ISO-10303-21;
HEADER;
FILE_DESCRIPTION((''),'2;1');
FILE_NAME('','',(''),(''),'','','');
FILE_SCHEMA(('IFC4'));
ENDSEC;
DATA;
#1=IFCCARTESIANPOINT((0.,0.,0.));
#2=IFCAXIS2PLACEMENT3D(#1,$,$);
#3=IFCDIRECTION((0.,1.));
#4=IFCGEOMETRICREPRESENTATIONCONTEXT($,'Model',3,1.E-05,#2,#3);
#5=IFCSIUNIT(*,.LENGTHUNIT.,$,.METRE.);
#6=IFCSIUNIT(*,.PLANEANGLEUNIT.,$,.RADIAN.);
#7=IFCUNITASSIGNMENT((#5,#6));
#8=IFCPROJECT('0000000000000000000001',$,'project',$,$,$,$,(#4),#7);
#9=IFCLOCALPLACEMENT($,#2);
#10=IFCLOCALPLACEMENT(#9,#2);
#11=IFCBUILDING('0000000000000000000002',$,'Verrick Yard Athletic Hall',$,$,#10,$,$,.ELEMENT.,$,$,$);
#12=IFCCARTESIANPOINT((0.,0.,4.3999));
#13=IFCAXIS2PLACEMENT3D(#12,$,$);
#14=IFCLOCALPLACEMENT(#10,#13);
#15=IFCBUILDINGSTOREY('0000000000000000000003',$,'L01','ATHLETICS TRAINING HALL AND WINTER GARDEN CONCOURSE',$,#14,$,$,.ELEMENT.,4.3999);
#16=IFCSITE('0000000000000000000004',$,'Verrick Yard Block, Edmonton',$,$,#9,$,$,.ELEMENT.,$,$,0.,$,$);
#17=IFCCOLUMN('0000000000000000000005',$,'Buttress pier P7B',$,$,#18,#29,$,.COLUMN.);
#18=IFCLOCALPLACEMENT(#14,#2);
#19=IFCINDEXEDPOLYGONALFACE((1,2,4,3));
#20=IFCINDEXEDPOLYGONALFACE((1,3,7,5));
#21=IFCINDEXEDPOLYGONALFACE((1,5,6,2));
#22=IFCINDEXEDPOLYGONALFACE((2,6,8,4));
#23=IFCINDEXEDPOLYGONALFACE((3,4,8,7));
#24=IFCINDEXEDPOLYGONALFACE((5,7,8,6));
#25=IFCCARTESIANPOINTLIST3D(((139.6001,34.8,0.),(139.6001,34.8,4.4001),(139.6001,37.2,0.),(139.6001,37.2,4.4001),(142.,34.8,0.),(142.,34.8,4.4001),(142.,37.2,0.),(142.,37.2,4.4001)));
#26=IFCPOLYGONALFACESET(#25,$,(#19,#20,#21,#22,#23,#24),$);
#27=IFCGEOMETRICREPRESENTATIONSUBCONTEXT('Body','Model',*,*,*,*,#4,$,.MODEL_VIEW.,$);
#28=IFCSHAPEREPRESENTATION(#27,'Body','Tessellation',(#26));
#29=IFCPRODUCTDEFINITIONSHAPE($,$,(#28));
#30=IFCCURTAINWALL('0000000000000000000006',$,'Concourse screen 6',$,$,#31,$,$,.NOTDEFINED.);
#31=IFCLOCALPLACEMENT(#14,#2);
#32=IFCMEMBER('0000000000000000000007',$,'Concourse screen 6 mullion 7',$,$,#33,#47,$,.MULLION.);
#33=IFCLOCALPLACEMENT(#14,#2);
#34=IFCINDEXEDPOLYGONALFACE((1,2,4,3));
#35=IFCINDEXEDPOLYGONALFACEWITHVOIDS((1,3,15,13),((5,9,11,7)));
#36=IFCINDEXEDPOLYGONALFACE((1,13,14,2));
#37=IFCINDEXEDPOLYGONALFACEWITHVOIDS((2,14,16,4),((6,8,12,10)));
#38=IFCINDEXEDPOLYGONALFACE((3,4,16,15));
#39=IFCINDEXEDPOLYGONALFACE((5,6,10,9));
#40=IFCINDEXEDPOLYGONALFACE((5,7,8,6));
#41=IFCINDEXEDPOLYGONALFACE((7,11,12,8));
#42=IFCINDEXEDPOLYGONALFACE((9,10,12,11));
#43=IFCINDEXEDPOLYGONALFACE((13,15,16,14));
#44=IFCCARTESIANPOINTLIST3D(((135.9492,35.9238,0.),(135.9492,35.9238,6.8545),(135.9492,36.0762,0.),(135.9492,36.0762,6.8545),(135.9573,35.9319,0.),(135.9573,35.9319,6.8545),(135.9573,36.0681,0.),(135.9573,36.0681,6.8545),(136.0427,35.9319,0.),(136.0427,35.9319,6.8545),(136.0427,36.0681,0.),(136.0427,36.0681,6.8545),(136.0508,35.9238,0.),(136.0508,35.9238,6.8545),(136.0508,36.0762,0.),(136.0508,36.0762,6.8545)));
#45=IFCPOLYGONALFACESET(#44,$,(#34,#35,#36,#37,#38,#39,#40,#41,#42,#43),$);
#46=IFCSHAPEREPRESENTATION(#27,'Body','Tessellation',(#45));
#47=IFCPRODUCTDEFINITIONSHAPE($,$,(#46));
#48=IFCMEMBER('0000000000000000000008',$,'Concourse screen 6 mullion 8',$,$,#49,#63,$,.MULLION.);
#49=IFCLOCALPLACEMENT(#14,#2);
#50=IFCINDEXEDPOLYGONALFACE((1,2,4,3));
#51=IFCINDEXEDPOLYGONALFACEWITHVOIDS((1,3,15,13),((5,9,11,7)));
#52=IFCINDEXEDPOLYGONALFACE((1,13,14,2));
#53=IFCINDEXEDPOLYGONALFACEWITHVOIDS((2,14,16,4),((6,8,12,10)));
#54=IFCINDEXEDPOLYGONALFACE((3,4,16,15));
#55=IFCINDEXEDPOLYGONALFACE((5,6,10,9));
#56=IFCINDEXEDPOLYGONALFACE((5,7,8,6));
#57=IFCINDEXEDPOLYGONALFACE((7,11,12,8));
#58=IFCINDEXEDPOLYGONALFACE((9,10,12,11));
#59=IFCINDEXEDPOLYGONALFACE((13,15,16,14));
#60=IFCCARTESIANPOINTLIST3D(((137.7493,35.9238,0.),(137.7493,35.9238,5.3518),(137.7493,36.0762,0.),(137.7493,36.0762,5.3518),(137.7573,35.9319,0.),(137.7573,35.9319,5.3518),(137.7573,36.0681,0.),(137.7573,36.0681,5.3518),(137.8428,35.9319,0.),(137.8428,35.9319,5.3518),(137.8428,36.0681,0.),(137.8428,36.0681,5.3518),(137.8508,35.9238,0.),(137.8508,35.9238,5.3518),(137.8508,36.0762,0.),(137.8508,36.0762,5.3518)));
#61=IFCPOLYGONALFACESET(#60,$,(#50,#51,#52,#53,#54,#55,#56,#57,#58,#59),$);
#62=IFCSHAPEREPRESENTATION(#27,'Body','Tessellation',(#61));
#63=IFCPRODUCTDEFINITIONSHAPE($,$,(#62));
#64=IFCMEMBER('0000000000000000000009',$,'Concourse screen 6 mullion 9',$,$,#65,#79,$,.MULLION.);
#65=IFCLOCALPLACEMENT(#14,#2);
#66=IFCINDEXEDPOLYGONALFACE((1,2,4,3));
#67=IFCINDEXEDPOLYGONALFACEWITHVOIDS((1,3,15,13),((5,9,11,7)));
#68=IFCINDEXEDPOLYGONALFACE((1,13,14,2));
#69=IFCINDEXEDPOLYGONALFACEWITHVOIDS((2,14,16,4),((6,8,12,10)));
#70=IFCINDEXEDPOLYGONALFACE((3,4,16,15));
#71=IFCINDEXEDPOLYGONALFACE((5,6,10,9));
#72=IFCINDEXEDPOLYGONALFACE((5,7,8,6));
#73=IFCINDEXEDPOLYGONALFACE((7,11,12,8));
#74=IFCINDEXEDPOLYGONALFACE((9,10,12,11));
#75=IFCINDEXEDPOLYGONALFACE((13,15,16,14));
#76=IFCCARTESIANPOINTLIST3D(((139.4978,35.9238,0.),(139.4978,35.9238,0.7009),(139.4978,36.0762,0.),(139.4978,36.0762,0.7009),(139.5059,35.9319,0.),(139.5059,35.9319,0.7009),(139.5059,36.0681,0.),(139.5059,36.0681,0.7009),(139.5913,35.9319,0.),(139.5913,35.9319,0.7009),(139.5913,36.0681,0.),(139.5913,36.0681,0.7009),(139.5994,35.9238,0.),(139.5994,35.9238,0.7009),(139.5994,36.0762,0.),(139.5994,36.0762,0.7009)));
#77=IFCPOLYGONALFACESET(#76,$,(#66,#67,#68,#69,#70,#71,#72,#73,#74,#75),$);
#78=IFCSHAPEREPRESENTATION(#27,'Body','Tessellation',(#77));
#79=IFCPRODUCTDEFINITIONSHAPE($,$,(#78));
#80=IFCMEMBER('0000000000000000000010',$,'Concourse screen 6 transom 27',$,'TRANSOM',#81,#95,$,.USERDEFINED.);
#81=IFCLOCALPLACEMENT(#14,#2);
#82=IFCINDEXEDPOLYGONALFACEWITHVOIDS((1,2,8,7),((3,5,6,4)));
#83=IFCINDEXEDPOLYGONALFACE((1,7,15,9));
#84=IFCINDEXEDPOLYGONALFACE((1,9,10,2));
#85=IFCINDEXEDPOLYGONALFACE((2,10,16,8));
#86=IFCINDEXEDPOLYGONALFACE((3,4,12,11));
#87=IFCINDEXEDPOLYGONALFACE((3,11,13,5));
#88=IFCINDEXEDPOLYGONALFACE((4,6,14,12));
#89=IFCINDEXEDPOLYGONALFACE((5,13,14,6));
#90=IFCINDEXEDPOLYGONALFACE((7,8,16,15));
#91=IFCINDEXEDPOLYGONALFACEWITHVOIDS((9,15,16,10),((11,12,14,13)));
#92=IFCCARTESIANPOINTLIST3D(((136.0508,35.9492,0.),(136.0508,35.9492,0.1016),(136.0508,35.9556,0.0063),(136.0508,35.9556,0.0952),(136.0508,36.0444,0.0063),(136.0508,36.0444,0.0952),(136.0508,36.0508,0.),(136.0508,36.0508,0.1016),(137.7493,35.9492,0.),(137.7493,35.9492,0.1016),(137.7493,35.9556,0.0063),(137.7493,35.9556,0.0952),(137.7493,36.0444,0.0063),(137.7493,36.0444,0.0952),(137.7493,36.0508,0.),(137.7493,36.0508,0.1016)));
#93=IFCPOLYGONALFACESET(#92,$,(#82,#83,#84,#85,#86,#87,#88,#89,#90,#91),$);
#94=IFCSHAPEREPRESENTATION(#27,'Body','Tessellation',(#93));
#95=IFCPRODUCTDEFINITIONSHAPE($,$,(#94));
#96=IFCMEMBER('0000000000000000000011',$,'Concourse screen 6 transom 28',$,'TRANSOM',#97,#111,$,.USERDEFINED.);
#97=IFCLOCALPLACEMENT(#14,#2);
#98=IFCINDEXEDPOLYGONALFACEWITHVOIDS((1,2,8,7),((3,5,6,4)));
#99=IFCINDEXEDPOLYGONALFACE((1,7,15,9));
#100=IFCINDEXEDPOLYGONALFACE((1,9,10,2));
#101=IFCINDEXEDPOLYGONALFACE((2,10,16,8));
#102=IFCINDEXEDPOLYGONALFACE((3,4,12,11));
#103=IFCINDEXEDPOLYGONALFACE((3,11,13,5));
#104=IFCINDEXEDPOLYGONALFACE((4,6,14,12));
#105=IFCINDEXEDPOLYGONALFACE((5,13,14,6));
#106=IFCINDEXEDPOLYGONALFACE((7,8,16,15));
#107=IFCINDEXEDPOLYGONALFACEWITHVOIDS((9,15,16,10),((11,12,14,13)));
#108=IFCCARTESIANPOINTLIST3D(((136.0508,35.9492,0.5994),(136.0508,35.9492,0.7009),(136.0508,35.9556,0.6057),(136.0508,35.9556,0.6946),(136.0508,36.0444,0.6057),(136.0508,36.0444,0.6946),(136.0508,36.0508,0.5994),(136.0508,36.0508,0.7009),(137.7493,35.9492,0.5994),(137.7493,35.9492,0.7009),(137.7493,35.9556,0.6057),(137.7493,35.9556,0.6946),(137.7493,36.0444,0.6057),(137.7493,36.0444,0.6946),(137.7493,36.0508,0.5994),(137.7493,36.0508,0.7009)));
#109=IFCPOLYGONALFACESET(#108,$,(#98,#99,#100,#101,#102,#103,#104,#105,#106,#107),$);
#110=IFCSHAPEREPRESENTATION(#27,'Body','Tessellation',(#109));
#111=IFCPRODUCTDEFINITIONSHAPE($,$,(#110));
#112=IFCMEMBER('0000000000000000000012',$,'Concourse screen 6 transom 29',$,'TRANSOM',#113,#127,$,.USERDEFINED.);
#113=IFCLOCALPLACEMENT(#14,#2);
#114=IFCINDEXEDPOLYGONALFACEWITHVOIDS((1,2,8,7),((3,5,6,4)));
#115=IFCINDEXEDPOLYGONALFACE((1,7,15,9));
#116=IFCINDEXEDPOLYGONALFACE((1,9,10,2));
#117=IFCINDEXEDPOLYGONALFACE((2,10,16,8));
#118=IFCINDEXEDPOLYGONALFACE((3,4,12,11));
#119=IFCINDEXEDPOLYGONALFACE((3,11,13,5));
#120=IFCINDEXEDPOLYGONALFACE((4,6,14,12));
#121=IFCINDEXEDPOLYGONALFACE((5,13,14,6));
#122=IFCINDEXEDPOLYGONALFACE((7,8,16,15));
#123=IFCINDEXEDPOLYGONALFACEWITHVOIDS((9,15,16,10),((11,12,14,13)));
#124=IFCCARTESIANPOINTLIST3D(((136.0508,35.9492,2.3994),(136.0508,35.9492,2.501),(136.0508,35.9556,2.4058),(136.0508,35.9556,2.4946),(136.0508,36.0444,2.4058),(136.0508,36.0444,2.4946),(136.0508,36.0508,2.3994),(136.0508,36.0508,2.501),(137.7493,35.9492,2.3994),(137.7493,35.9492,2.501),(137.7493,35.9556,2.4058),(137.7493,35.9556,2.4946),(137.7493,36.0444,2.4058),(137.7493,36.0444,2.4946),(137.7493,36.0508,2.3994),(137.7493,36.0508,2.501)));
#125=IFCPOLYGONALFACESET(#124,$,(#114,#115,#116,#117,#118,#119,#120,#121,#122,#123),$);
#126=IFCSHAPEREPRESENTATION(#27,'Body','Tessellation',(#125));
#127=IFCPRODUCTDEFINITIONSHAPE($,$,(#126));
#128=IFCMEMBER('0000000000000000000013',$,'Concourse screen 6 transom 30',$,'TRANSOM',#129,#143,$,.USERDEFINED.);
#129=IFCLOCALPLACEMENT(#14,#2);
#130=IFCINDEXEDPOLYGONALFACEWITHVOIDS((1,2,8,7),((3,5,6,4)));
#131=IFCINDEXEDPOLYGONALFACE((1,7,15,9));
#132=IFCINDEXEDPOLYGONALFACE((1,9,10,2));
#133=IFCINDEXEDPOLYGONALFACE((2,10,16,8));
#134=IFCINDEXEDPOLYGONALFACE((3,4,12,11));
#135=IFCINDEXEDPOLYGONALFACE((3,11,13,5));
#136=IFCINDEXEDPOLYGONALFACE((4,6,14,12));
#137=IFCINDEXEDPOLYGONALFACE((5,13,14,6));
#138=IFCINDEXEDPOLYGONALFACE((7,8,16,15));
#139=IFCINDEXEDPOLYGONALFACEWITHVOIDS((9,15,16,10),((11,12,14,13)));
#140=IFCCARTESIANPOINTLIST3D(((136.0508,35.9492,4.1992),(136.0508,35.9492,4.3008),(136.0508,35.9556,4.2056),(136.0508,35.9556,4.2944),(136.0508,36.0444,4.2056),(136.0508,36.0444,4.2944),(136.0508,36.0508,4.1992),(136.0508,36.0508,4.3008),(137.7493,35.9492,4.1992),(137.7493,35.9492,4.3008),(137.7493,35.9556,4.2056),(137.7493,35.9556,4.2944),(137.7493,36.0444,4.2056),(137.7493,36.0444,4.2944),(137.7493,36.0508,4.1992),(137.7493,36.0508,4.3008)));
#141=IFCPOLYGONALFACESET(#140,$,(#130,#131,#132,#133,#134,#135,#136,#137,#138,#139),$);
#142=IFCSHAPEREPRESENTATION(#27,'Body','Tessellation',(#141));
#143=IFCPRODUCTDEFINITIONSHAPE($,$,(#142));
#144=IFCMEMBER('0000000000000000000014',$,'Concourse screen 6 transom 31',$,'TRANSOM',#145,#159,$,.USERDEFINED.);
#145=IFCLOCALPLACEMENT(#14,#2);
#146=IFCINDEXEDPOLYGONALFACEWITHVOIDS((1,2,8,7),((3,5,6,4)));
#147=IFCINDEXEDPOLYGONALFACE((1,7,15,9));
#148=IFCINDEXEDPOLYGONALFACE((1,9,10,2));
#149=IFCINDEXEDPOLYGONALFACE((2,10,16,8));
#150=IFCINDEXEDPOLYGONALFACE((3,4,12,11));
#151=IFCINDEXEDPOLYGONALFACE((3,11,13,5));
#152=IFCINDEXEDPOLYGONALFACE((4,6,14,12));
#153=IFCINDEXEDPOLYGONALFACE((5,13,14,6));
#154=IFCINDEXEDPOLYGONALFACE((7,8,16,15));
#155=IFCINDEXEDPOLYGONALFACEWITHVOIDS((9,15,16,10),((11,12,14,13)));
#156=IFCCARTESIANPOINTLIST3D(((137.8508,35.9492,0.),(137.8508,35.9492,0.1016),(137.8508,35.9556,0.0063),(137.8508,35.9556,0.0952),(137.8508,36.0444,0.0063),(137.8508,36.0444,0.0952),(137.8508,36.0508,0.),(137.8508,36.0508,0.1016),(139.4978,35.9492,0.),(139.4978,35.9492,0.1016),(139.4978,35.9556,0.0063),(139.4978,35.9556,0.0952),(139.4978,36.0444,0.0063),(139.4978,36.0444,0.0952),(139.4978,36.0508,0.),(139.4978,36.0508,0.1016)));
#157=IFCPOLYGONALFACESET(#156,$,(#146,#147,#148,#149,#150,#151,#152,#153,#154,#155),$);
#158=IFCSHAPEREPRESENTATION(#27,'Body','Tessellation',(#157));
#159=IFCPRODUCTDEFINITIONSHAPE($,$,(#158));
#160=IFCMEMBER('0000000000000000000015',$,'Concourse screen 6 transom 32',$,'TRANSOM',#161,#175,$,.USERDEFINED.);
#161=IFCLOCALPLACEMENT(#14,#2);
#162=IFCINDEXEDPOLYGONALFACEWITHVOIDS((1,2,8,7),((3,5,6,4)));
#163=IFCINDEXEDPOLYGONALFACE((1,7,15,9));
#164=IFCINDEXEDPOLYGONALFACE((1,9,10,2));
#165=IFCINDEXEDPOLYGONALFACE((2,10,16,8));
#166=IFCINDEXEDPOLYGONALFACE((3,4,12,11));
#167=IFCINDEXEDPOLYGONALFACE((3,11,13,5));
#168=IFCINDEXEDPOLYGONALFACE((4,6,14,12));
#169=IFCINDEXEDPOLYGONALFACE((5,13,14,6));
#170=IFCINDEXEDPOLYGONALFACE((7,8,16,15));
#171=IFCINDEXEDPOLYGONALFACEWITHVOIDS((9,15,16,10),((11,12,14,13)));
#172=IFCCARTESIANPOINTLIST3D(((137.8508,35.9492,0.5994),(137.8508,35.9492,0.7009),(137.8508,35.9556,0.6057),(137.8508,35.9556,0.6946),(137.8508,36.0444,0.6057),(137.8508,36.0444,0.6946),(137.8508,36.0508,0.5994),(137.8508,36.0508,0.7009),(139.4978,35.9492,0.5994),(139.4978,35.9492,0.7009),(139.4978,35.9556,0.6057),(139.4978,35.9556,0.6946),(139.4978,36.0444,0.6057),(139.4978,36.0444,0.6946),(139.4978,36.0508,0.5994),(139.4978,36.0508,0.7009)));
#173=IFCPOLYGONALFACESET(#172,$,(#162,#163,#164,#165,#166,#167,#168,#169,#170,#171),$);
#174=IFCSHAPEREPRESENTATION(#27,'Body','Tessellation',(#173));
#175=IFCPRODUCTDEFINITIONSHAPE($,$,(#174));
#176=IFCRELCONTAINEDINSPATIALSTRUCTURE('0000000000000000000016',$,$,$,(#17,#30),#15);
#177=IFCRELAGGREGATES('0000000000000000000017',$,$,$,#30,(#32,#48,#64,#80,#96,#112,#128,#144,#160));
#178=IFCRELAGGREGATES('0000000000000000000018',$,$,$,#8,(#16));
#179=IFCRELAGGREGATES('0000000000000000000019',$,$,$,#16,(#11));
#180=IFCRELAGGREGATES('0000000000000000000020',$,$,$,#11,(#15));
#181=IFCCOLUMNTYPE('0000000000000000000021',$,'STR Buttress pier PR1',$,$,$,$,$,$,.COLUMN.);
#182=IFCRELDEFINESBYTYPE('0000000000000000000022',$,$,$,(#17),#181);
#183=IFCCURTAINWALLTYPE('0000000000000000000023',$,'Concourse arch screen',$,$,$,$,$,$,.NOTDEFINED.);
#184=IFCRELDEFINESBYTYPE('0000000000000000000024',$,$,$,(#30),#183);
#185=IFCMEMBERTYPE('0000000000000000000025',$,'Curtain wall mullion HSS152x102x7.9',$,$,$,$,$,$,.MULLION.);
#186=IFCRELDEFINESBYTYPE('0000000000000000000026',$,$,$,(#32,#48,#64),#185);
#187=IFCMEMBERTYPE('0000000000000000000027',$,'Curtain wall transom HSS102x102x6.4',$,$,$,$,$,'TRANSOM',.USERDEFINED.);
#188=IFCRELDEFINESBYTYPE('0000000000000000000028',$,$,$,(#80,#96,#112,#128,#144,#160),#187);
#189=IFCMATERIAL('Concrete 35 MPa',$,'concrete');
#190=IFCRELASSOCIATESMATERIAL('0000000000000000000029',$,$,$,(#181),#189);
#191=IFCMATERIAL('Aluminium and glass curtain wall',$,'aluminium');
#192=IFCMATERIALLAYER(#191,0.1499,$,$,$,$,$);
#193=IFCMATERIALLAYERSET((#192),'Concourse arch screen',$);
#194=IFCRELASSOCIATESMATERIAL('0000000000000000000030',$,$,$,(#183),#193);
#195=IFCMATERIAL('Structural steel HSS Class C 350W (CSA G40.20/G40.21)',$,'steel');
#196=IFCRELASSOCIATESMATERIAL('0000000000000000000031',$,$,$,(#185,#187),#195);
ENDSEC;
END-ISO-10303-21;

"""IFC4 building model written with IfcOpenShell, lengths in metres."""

from ifc_helpers import new_model, si_unit, direction, frame, origin, origin_2d, place, context, subcontext, project, spatial, rectangle, hollow_rectangle, extrude, material, layer, layer_set, material_profile, profile_set, type_object, element, aggregate, save


model = new_model("IFC4")

# Units and contexts
model_context = context("Model", 3, precision=1e-05, world=origin(), true_north=direction((0.0, 1.0)))
body_context = subcontext(model_context, "Body", "Model", "MODEL_VIEW")
ifc_project = project(units=[si_unit("LENGTHUNIT", "METRE"), si_unit("PLANEANGLEUNIT", "RADIAN")], contexts=[model_context])

# Site, building, storey
site_placement = place(None, origin())
site = spatial("IfcSite", under=ifc_project, at=site_placement, Name="Verrick Yard Block, Edmonton", CompositionType="ELEMENT", RefElevation=0.0)
building_placement = place(site_placement, origin())
building = spatial("IfcBuilding", under=site, at=building_placement, Name="Verrick Yard Athletic Hall", CompositionType="ELEMENT")
storey_placement = place(building_placement, frame((0.0, 0.0, 4.3999)))
storey = spatial("IfcBuildingStorey", under=building, at=storey_placement, Name="L01", Description="ATHLETICS TRAINING HALL AND WINTER GARDEN CONCOURSE", CompositionType="ELEMENT", Elevation=4.3999)

# Column
ifc_material_1 = material(Name="Concrete 35 MPa", Category="concrete")
ifc_material_profile_1 = material_profile(ifc_material_1, rectangle(XDim=2.3999, YDim=2.3999, at=origin_2d()), Name="STR Buttress pier PR1")
ifc_profile_set_1 = profile_set([ifc_material_profile_1], Name="Concrete 35 MPa")
column_type = type_object("IfcColumnType", Name="STR Buttress pier PR1", PredefinedType="COLUMN", material=ifc_profile_set_1)
column_placement = place(storey_placement, frame((140.8, 36.0, 0.0), z_axis=(0.0, 0.0, 1.0), x_axis=(1.0, 0.0, 0.0)))
element("IfcColumn", 1, at=column_placement, inside=storey, type_object=column_type, Name="Buttress pier P7B", PredefinedType="COLUMN", context=body_context, shape_type="SweptSolid", body=[
    extrude(rectangle(XDim=2.3999, YDim=2.3999, at=origin_2d()), origin(), (0.0, 0.0, 1.0), 4.4001),
])

# Curtain wall, members
ifc_material_2 = material(Name="Aluminium and glass curtain wall", Category="aluminium")
ifc_layer_1 = layer(ifc_material_2, 0.1499)
ifc_layer_set_1 = layer_set([ifc_layer_1], Name="Concourse arch screen")
curtain_wall_type_1 = type_object("IfcCurtainWallType", Name="Concourse arch screen", PredefinedType="NOTDEFINED", material=ifc_layer_set_1)
curtain_wall_1_placement = place(storey_placement, origin())
curtain_wall_1 = element("IfcCurtainWall", 2, at=curtain_wall_1_placement, inside=storey, type_object=curtain_wall_type_1, Name="Concourse screen 6", PredefinedType="NOTDEFINED")
ifc_material_3 = material(Name="Structural steel HSS Class C 350W (CSA G40.20/G40.21)", Category="steel")
ifc_material_profile_2 = material_profile(ifc_material_3, hollow_rectangle(XDim=0.1016, YDim=0.1523, WallThickness=0.0081, at=origin_2d()), Name="HSS152x102x7.9")
ifc_profile_set_2 = profile_set([ifc_material_profile_2], Name="Structural steel HSS Class C 350W (CSA G40.20/G40.21)")
member_type_1 = type_object("IfcMemberType", Name="Curtain wall mullion HSS152x102x7.9", PredefinedType="MULLION", material=ifc_profile_set_2)
member_1_placement = place(storey_placement, frame((136.0, 36.0, 0.0), z_axis=(0.0, 0.0, 1.0), x_axis=(1.0, 0.0, 0.0)))
member_1 = element("IfcMember", 3, at=member_1_placement, type_object=member_type_1, Name="Concourse screen 6 mullion 7", PredefinedType="MULLION", context=body_context, shape_type="SweptSolid", body=[
    extrude(hollow_rectangle(XDim=0.1016, YDim=0.1523, WallThickness=0.0081, at=origin_2d()), origin(), (0.0, 0.0, 1.0), 6.8545),
])
member_2_placement = place(storey_placement, frame((137.8, 36.0, 0.0), z_axis=(0.0, 0.0, 1.0), x_axis=(1.0, 0.0, 0.0)))
member_2 = element("IfcMember", 4, at=member_2_placement, type_object=member_type_1, Name="Concourse screen 6 mullion 8", PredefinedType="MULLION", context=body_context, shape_type="SweptSolid", body=[
    extrude(hollow_rectangle(XDim=0.1016, YDim=0.1523, WallThickness=0.0081, at=origin_2d()), origin(), (0.0, 0.0, 1.0), 5.3518),
])
member_3_placement = place(storey_placement, frame((139.5486, 36.0, 0.0), z_axis=(0.0, 0.0, 1.0), x_axis=(1.0, 0.0, 0.0)))
member_3 = element("IfcMember", 5, at=member_3_placement, type_object=member_type_1, Name="Concourse screen 6 mullion 9", PredefinedType="MULLION", context=body_context, shape_type="SweptSolid", body=[
    extrude(hollow_rectangle(XDim=0.1016, YDim=0.1523, WallThickness=0.0081, at=origin_2d()), origin(), (0.0, 0.0, 1.0), 0.7009),
])
ifc_material_profile_3 = material_profile(ifc_material_3, hollow_rectangle(XDim=0.1016, YDim=0.1016, WallThickness=0.0063, at=origin_2d()), Name="HSS102x102x6.4")
ifc_profile_set_3 = profile_set([ifc_material_profile_3], Name="Structural steel HSS Class C 350W (CSA G40.20/G40.21)")
member_type_2 = type_object("IfcMemberType", Name="Curtain wall transom HSS102x102x6.4", ElementType="TRANSOM", PredefinedType="USERDEFINED", material=ifc_profile_set_3)
member_4_placement = place(storey_placement, frame((136.0508, 36.0, 0.0508), z_axis=(1.0, 0.0, 0.0), x_axis=(0.0, 1.0, 0.0)))
member_4 = element("IfcMember", 6, at=member_4_placement, type_object=member_type_2, Name="Concourse screen 6 transom 27", ObjectType="TRANSOM", PredefinedType="USERDEFINED", context=body_context, shape_type="SweptSolid", body=[
    extrude(hollow_rectangle(XDim=0.1016, YDim=0.1016, WallThickness=0.0063, at=origin_2d()), origin(), (0.0, 0.0, 1.0), 1.6985),
])
member_5_placement = place(storey_placement, frame((136.0508, 36.0, 0.6501), z_axis=(1.0, 0.0, 0.0), x_axis=(0.0, 1.0, 0.0)))
member_5 = element("IfcMember", 7, at=member_5_placement, type_object=member_type_2, Name="Concourse screen 6 transom 28", ObjectType="TRANSOM", PredefinedType="USERDEFINED", context=body_context, shape_type="SweptSolid", body=[
    extrude(hollow_rectangle(XDim=0.1016, YDim=0.1016, WallThickness=0.0063, at=origin_2d()), origin(), (0.0, 0.0, 1.0), 1.6985),
])
member_6_placement = place(storey_placement, frame((136.0508, 36.0, 2.4502), z_axis=(1.0, 0.0, 0.0), x_axis=(0.0, 1.0, 0.0)))
member_6 = element("IfcMember", 8, at=member_6_placement, type_object=member_type_2, Name="Concourse screen 6 transom 29", ObjectType="TRANSOM", PredefinedType="USERDEFINED", context=body_context, shape_type="SweptSolid", body=[
    extrude(hollow_rectangle(XDim=0.1016, YDim=0.1016, WallThickness=0.0063, at=origin_2d()), origin(), (0.0, 0.0, 1.0), 1.6985),
])
member_7_placement = place(storey_placement, frame((136.0508, 36.0, 4.25), z_axis=(1.0, 0.0, 0.0), x_axis=(0.0, 1.0, 0.0)))
member_7 = element("IfcMember", 9, at=member_7_placement, type_object=member_type_2, Name="Concourse screen 6 transom 30", ObjectType="TRANSOM", PredefinedType="USERDEFINED", context=body_context, shape_type="SweptSolid", body=[
    extrude(hollow_rectangle(XDim=0.1016, YDim=0.1016, WallThickness=0.0063, at=origin_2d()), origin(), (0.0, 0.0, 1.0), 1.6985),
])
member_8_placement = place(storey_placement, frame((137.8508, 36.0, 0.0508), z_axis=(1.0, 0.0, 0.0), x_axis=(0.0, 1.0, 0.0)))
member_8 = element("IfcMember", 10, at=member_8_placement, type_object=member_type_2, Name="Concourse screen 6 transom 31", ObjectType="TRANSOM", PredefinedType="USERDEFINED", context=body_context, shape_type="SweptSolid", body=[
    extrude(hollow_rectangle(XDim=0.1016, YDim=0.1016, WallThickness=0.0063, at=origin_2d()), origin(), (0.0, 0.0, 1.0), 1.647),
])
member_9_placement = place(storey_placement, frame((137.8508, 36.0, 0.6501), z_axis=(1.0, 0.0, 0.0), x_axis=(0.0, 1.0, 0.0)))
member_9 = element("IfcMember", 11, at=member_9_placement, type_object=member_type_2, Name="Concourse screen 6 transom 32", ObjectType="TRANSOM", PredefinedType="USERDEFINED", context=body_context, shape_type="SweptSolid", body=[
    extrude(hollow_rectangle(XDim=0.1016, YDim=0.1016, WallThickness=0.0063, at=origin_2d()), origin(), (0.0, 0.0, 1.0), 1.647),
])
aggregate(curtain_wall_1, [member_1, member_2, member_3, member_4, member_5, member_6, member_7, member_8, member_9])

save(model, "model.ifc")
